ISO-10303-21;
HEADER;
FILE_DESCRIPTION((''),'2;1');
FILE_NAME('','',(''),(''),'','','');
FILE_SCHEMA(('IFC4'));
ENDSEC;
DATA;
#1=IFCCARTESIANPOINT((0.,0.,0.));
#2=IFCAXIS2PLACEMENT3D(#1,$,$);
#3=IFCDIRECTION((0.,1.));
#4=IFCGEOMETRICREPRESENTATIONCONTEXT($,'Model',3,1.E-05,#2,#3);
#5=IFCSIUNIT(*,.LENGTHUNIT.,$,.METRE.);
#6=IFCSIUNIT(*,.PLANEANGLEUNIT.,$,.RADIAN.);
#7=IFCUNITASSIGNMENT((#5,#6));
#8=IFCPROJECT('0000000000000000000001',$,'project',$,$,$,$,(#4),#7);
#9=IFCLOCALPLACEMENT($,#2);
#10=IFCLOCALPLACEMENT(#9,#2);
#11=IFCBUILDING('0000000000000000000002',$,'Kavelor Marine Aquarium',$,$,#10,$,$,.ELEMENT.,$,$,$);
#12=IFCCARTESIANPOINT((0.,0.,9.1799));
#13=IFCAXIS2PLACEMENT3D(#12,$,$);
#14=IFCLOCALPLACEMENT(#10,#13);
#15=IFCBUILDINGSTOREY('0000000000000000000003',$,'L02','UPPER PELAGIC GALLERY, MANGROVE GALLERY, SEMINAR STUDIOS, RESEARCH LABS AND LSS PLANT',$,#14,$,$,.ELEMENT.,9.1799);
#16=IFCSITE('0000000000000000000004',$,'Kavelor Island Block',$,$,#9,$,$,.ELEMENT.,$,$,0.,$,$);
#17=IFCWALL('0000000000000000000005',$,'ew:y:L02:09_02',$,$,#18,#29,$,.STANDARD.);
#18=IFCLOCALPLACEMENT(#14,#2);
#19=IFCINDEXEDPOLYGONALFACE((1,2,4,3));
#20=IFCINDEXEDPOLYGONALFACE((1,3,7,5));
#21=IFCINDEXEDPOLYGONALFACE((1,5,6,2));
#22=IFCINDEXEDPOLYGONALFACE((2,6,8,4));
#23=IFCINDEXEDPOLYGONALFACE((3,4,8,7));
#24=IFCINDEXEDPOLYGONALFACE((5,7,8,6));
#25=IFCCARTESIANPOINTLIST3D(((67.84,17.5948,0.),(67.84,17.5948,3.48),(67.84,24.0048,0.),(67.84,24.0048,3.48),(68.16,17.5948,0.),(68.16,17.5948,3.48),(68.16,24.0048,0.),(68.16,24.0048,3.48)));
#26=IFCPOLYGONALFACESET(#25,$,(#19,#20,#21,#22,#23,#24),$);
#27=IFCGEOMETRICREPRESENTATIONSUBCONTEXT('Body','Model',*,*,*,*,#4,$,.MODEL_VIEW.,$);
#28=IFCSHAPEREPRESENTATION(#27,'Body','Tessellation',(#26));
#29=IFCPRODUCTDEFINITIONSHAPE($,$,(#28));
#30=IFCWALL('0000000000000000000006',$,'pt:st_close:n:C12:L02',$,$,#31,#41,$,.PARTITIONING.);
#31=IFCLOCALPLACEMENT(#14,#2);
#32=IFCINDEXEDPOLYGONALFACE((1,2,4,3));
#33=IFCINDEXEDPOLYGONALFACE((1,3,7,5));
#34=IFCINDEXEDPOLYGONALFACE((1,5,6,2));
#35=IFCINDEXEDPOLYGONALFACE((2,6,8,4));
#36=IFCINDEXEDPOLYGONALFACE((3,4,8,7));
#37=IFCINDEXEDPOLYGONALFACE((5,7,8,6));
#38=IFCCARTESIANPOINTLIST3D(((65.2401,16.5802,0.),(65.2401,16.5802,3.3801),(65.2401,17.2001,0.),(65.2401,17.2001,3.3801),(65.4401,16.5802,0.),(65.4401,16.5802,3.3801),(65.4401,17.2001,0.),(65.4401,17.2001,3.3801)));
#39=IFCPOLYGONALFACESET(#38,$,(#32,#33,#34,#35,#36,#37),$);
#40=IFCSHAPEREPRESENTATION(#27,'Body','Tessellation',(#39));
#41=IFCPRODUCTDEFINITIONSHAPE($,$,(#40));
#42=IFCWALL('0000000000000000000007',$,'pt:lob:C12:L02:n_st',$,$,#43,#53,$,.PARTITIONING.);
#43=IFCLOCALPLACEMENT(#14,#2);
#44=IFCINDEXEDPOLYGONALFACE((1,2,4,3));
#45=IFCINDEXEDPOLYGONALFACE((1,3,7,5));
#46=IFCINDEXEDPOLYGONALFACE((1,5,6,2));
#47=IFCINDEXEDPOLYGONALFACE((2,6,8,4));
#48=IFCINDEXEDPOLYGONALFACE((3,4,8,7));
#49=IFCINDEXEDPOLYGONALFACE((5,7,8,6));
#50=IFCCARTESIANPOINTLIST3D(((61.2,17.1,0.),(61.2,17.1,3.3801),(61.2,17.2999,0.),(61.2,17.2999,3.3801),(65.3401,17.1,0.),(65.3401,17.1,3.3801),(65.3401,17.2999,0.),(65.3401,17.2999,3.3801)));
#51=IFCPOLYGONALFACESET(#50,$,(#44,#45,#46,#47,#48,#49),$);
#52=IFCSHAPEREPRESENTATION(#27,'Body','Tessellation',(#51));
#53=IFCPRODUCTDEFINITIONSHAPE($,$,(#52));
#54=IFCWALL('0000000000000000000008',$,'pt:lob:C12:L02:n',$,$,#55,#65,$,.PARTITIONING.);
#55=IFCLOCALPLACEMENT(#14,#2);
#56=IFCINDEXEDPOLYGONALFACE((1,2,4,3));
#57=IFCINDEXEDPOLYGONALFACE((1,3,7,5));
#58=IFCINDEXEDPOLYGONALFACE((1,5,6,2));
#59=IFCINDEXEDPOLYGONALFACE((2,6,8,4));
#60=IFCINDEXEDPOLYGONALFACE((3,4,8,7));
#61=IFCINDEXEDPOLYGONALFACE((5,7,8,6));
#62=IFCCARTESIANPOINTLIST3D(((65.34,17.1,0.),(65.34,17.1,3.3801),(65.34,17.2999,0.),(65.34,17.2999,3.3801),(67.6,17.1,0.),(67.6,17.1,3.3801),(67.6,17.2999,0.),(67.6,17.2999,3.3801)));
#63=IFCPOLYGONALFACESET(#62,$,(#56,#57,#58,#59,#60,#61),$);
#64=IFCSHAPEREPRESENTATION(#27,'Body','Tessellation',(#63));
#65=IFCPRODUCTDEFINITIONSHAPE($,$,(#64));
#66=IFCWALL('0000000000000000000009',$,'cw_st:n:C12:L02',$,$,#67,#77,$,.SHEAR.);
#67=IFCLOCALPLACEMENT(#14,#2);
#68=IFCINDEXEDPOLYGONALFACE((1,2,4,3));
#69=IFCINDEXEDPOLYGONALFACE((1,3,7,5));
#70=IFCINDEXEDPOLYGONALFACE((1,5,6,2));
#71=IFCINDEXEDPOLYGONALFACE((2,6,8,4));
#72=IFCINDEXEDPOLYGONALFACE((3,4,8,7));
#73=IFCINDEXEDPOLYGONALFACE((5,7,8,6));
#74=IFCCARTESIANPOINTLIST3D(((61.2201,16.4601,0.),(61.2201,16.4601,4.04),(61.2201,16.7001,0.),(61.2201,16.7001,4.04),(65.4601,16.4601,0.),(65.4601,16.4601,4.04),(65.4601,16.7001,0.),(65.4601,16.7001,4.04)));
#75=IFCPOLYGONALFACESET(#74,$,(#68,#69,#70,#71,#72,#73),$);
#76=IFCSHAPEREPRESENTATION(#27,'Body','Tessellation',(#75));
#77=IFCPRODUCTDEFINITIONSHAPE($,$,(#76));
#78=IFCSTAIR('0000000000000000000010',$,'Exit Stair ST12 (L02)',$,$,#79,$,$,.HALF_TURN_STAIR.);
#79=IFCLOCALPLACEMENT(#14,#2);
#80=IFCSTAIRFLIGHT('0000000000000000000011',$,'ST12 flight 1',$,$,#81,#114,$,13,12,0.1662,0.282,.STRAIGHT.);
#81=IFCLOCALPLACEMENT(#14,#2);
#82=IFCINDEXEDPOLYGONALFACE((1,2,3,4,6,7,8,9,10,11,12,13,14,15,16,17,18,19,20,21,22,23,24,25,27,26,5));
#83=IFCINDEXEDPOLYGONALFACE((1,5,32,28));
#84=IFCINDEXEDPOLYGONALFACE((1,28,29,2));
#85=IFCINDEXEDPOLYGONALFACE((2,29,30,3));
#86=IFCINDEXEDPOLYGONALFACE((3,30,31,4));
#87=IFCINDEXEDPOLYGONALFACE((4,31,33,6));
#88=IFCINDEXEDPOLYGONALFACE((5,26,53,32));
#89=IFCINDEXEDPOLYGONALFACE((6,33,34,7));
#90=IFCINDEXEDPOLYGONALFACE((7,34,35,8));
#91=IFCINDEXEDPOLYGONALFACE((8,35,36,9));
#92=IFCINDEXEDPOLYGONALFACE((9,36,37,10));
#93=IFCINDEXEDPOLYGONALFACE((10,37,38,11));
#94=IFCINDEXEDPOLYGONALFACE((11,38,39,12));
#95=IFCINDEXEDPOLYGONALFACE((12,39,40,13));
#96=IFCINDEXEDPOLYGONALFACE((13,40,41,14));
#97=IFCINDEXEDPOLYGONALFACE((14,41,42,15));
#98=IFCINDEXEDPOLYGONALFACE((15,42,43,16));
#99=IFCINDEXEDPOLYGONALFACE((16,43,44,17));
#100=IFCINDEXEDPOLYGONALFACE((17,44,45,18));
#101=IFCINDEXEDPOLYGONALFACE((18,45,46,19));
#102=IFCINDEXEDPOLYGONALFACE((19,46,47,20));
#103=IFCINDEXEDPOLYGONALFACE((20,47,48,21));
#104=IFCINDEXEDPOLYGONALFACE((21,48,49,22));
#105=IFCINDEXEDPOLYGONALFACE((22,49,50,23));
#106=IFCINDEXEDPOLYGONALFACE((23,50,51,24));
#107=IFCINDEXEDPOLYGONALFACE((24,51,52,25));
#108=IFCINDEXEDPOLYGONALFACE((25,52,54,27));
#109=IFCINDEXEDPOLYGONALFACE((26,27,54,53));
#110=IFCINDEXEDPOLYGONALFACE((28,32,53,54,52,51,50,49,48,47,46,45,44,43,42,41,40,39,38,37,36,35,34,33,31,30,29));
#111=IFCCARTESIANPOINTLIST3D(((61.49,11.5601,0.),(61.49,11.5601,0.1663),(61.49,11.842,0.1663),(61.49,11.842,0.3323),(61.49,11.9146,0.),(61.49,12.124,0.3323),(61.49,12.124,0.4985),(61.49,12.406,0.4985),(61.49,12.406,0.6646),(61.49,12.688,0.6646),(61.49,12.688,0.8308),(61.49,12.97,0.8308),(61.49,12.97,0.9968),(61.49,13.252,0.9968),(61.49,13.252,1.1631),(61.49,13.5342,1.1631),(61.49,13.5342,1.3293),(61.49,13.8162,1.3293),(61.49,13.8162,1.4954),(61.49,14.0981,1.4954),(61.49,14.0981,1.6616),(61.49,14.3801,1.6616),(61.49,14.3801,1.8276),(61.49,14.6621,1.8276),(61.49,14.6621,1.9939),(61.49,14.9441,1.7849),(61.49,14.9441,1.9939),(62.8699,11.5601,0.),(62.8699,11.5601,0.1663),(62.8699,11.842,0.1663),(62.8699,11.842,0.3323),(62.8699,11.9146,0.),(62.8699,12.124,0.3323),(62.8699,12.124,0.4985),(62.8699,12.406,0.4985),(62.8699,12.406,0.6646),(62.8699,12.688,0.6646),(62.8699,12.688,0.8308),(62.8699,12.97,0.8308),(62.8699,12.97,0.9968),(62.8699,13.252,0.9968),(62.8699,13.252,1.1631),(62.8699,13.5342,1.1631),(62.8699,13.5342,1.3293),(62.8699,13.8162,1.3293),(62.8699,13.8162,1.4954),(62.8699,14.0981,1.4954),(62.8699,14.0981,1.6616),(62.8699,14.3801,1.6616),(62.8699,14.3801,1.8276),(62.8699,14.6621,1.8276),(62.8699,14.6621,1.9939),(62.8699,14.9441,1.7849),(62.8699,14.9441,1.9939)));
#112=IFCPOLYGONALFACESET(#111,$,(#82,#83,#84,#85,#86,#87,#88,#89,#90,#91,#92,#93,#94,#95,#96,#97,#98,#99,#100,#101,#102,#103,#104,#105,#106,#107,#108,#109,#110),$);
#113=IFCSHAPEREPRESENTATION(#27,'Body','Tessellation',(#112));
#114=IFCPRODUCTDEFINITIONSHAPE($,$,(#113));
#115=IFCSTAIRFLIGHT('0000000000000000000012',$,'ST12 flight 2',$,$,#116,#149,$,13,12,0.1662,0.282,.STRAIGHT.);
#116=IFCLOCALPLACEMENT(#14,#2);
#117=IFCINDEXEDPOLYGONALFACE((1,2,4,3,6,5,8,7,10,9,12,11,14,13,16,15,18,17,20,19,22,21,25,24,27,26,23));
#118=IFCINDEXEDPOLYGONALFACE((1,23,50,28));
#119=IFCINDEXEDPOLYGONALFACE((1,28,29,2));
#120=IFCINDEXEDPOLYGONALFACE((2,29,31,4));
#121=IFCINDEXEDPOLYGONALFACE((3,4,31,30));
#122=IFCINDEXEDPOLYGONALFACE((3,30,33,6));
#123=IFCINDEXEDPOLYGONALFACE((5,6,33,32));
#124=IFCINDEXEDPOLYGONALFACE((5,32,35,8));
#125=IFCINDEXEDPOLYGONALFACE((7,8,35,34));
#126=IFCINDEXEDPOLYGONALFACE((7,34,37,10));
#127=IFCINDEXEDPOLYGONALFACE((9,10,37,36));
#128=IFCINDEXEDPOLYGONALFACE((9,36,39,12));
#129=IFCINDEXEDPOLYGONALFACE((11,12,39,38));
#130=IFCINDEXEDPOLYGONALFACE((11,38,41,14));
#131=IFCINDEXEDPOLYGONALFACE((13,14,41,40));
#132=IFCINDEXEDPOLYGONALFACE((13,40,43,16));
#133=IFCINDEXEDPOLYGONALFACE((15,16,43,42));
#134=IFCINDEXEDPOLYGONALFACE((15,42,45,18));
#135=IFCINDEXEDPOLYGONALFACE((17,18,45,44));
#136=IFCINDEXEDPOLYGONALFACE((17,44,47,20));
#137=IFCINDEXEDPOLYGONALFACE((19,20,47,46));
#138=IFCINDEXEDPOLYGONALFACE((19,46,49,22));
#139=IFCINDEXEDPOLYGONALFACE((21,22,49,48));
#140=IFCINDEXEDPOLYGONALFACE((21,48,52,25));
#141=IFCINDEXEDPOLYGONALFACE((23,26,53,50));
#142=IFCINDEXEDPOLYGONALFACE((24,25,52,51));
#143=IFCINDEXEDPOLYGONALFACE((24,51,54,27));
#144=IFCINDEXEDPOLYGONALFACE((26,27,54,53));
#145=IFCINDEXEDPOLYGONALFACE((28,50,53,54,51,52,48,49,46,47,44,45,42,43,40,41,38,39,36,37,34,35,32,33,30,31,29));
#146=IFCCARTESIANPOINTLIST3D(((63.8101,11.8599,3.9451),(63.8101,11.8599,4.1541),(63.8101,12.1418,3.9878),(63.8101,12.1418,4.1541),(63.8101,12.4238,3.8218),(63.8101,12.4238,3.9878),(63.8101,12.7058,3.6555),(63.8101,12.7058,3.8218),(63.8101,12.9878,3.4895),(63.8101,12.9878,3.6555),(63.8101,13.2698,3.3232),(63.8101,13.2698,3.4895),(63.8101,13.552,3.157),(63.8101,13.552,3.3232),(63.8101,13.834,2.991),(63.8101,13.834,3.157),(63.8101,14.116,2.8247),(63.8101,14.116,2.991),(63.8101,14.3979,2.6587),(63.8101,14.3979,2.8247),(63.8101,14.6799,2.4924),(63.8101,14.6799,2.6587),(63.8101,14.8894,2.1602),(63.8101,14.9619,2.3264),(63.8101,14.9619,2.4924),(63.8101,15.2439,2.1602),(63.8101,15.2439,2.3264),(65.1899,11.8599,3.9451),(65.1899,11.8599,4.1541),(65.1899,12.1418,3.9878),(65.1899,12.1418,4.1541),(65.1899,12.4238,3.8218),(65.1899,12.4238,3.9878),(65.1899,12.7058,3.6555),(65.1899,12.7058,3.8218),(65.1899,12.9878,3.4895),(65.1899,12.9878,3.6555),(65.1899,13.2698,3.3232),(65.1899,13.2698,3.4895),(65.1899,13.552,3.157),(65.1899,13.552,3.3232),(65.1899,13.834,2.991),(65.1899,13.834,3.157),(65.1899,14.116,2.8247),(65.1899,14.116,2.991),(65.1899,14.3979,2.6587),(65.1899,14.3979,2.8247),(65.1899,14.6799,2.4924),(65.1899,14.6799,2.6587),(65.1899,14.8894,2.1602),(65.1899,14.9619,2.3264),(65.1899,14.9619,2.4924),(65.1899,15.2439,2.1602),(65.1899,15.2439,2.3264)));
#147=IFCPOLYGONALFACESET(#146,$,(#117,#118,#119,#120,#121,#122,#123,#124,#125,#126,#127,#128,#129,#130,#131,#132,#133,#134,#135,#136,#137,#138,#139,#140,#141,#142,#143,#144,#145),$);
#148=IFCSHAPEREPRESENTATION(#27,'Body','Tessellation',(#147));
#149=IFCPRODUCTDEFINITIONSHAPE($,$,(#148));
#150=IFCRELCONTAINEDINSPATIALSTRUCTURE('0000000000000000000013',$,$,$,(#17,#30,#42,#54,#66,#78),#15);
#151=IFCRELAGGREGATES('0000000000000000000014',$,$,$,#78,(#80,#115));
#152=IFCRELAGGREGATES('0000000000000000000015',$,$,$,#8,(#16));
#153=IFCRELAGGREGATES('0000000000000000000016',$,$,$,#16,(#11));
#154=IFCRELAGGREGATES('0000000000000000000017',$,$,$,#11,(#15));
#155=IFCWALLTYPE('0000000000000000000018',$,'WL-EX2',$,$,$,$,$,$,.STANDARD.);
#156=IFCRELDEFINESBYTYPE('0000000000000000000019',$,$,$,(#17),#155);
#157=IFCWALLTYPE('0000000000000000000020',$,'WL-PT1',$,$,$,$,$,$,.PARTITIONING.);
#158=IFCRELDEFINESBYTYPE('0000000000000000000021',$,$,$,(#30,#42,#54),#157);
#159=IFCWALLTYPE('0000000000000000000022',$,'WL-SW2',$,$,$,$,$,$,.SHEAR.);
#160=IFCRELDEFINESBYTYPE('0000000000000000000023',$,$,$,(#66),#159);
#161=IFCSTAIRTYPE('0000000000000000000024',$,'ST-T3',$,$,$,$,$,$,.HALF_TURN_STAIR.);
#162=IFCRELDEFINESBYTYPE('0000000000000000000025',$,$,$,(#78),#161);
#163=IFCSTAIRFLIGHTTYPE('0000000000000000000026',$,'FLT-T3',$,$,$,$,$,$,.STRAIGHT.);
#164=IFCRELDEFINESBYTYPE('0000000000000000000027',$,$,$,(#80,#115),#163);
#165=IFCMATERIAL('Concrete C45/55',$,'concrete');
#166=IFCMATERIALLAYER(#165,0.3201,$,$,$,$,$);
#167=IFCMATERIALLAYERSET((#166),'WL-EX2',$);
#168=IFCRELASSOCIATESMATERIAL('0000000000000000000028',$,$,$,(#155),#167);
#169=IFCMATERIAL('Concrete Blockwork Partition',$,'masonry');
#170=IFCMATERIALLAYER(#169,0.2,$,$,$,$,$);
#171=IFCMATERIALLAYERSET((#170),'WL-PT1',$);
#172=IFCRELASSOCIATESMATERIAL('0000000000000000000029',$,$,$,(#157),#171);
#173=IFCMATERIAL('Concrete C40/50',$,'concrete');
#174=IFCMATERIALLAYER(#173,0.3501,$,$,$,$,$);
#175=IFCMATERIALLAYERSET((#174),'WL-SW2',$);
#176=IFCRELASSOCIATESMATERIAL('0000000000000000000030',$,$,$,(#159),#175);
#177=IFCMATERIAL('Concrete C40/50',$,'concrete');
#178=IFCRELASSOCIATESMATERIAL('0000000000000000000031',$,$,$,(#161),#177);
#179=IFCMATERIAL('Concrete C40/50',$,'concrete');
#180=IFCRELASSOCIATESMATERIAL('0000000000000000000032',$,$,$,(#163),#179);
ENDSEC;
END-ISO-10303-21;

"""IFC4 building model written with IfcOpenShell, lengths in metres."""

from ifc_helpers import new_model, si_unit, direction, frame, frame_2d, origin, place, context, subcontext, project, spatial, polyline, rectangle, outline, extrude, material, layer, layer_set, type_object, element, aggregate, save


model = new_model("IFC4")

# Units and contexts
model_context = context("Model", 3, precision=1e-05, world=origin(), true_north=direction((0.0, 1.0)))
body_context = subcontext(model_context, "Body", "Model", "MODEL_VIEW")
ifc_project = project(units=[si_unit("LENGTHUNIT", "METRE"), si_unit("PLANEANGLEUNIT", "RADIAN")], contexts=[model_context])

# Site, building, storey
site_placement = place(None, origin())
site = spatial("IfcSite", under=ifc_project, at=site_placement, Name="Kavelor Island Block", CompositionType="ELEMENT", RefElevation=0.0)
building_placement = place(site_placement, origin())
building = spatial("IfcBuilding", under=site, at=building_placement, Name="Kavelor Marine Aquarium", CompositionType="ELEMENT")
storey_placement = place(building_placement, frame((0.0, 0.0, 9.1799)))
storey = spatial("IfcBuildingStorey", under=building, at=storey_placement, Name="L02", Description="UPPER PELAGIC GALLERY, MANGROVE GALLERY, SEMINAR STUDIOS, RESEARCH LABS AND LSS PLANT", CompositionType="ELEMENT", Elevation=9.1799)

# Shared definitions
ifc_material_1 = material(Name="Concrete C45/55", Category="concrete")
ifc_layer_1 = layer(ifc_material_1, 0.3201)
ifc_layer_set_1 = layer_set([ifc_layer_1], Name="WL-EX2")
wall_type_1 = type_object("IfcWallType", Name="WL-EX2", PredefinedType="STANDARD", material=ifc_layer_set_1)

# Walls
wall_1_placement = place(storey_placement, frame((68.0, 24.0049, 0.0), z_axis=(0.0, 0.0, 1.0), x_axis=(0.0, -1.0, 0.0)))
element("IfcWall", 1, at=wall_1_placement, inside=storey, type_object=wall_type_1, Name="ew:y:L02:09_02", PredefinedType="STANDARD", context=body_context, shape_type="SweptSolid", body=[
    extrude(rectangle(XDim=6.4099, YDim=0.3201, at=frame_2d((3.2051, 0.0))), origin(), (0.0, 0.0, 1.0), 3.48),
])
ifc_material_2 = material(Name="Concrete Blockwork Partition", Category="masonry")
ifc_layer_2 = layer(ifc_material_2, 0.2)
ifc_layer_set_2 = layer_set([ifc_layer_2], Name="WL-PT1")
wall_type_2 = type_object("IfcWallType", Name="WL-PT1", PredefinedType="PARTITIONING", material=ifc_layer_set_2)
wall_2_placement = place(storey_placement, frame((65.3401, 16.5801, 0.0), z_axis=(0.0, 0.0, 1.0), x_axis=(0.0, 1.0, 0.0)))
element("IfcWall", 2, at=wall_2_placement, inside=storey, type_object=wall_type_2, Name="pt:st_close:n:C12:L02", PredefinedType="PARTITIONING", context=body_context, shape_type="SweptSolid", body=[
    extrude(rectangle(XDim=0.6199, YDim=0.2, at=frame_2d((0.3101, 0.0))), origin(), (0.0, 0.0, 1.0), 3.3801),
])
wall_3_placement = place(storey_placement, frame((61.2, 17.2, 0.0), z_axis=(0.0, 0.0, 1.0), x_axis=(1.0, 0.0, 0.0)))
element("IfcWall", 3, at=wall_3_placement, inside=storey, type_object=wall_type_2, Name="pt:lob:C12:L02:n_st", PredefinedType="PARTITIONING", context=body_context, shape_type="SweptSolid", body=[
    extrude(rectangle(XDim=4.1401, YDim=0.2, at=frame_2d((2.0701, 0.0))), origin(), (0.0, 0.0, 1.0), 3.3801),
])
wall_4_placement = place(storey_placement, frame((65.3401, 17.2, 0.0), z_axis=(0.0, 0.0, 1.0), x_axis=(1.0, 0.0, 0.0)))
element("IfcWall", 4, at=wall_4_placement, inside=storey, type_object=wall_type_2, Name="pt:lob:C12:L02:n", PredefinedType="PARTITIONING", context=body_context, shape_type="SweptSolid", body=[
    extrude(rectangle(XDim=2.26, YDim=0.2, at=frame_2d((1.1299, 0.0))), origin(), (0.0, 0.0, 1.0), 3.3801),
])
ifc_material_3 = material(Name="Concrete C40/50", Category="concrete")
ifc_layer_3 = layer(ifc_material_3, 0.3501)
ifc_layer_set_3 = layer_set([ifc_layer_3], Name="WL-SW2")
wall_type_3 = type_object("IfcWallType", Name="WL-SW2", PredefinedType="SHEAR", material=ifc_layer_set_3)
wall_5_placement = place(storey_placement, frame((61.22, 16.5801, 0.0), z_axis=(0.0, 0.0, 1.0), x_axis=(1.0, 0.0, 0.0)))
element("IfcWall", 5, at=wall_5_placement, inside=storey, type_object=wall_type_3, Name="cw_st:n:C12:L02", PredefinedType="SHEAR", context=body_context, shape_type="SweptSolid", body=[
    extrude(rectangle(XDim=4.24, YDim=0.24, at=frame_2d((2.1201, 0.0))), origin(), (0.0, 0.0, 1.0), 4.04),
])

# Stair, stair flights
ifc_material_4 = material(Name="Concrete C40/50", Category="concrete")
stair_type = type_object("IfcStairType", Name="ST-T3", PredefinedType="HALF_TURN_STAIR", material=ifc_material_4)
stair_placement = place(storey_placement, origin())
stair = element("IfcStair", 6, at=stair_placement, inside=storey, type_object=stair_type, Name="Exit Stair ST12 (L02)", PredefinedType="HALF_TURN_STAIR")
ifc_material_5 = material(Name="Concrete C40/50", Category="concrete")
stair_flight_type = type_object("IfcStairFlightType", Name="FLT-T3", PredefinedType="STRAIGHT", material=ifc_material_5)
stair_flight_1_placement = place(storey_placement, frame((62.1799, 11.5601, 0.0), z_axis=(0.0, 0.0, 1.0), x_axis=(0.0, 1.0, 0.0)))
stair_flight_1 = element("IfcStairFlight", 7, at=stair_flight_1_placement, type_object=stair_flight_type, Name="ST12 flight 1", NumberOfRisers=13, NumberOfTreads=12, PredefinedType="STRAIGHT", RiserHeight=0.1662, TreadLength=0.282, context=body_context, shape_type="SweptSolid", body=[
    extrude(outline(polyline([(0.0, 0.0), (0.0, 0.1663), (0.282, 0.1663), (0.282, 0.3323), (0.564, 0.3323), (0.564, 0.4985), (0.8459, 0.4985), (0.8459, 0.6646), (1.1279, 0.6646), (1.1279, 0.8308), (1.4099, 0.8308), (1.4099, 0.9968), (1.6919, 0.9968), (1.6919, 1.1631), (1.9741, 1.1631), (1.9741, 1.3293), (2.2561, 1.3293), (2.2561, 1.4954), (2.5381, 1.4954), (2.5381, 1.6616), (2.8201, 1.6616), (2.8201, 1.8276), (3.1021, 1.8276), (3.1021, 1.9939), (3.384, 1.9939), (3.384, 2.1599), (3.384, 1.7849), (0.3545, 0.0), (0.0, 0.0)])), frame((0.0, 0.6899, 0.0), z_axis=(0.0, -1.0, 0.0), x_axis=(1.0, 0.0, 0.0)), (0.0, 0.0, 1.0), 1.3799),
])
stair_flight_2_placement = place(storey_placement, frame((64.5, 15.2439, 2.1602), z_axis=(0.0, 0.0, 1.0), x_axis=(0.0, -1.0, 0.0)))
stair_flight_2 = element("IfcStairFlight", 8, at=stair_flight_2_placement, type_object=stair_flight_type, Name="ST12 flight 2", NumberOfRisers=13, NumberOfTreads=12, PredefinedType="STRAIGHT", RiserHeight=0.1662, TreadLength=0.282, context=body_context, shape_type="SweptSolid", body=[
    extrude(outline(polyline([(0.0, 0.0), (0.0, 0.1663), (0.282, 0.1663), (0.282, 0.3323), (0.564, 0.3323), (0.564, 0.4985), (0.8459, 0.4985), (0.8459, 0.6646), (1.1279, 0.6646), (1.1279, 0.8308), (1.4099, 0.8308), (1.4099, 0.9968), (1.6919, 0.9968), (1.6919, 1.1631), (1.9741, 1.1631), (1.9741, 1.3293), (2.2561, 1.3293), (2.2561, 1.4954), (2.5381, 1.4954), (2.5381, 1.6616), (2.8201, 1.6616), (2.8201, 1.8276), (3.1021, 1.8276), (3.1021, 1.9939), (3.384, 1.9939), (3.384, 2.1599), (3.384, 1.7849), (0.3545, 0.0), (0.0, 0.0)])), frame((0.0, 0.6899, 0.0), z_axis=(0.0, -1.0, 0.0), x_axis=(1.0, 0.0, 0.0)), (0.0, 0.0, 1.0), 1.3799),
])
aggregate(stair, [stair_flight_1, stair_flight_2])

save(model, "model.ifc")
